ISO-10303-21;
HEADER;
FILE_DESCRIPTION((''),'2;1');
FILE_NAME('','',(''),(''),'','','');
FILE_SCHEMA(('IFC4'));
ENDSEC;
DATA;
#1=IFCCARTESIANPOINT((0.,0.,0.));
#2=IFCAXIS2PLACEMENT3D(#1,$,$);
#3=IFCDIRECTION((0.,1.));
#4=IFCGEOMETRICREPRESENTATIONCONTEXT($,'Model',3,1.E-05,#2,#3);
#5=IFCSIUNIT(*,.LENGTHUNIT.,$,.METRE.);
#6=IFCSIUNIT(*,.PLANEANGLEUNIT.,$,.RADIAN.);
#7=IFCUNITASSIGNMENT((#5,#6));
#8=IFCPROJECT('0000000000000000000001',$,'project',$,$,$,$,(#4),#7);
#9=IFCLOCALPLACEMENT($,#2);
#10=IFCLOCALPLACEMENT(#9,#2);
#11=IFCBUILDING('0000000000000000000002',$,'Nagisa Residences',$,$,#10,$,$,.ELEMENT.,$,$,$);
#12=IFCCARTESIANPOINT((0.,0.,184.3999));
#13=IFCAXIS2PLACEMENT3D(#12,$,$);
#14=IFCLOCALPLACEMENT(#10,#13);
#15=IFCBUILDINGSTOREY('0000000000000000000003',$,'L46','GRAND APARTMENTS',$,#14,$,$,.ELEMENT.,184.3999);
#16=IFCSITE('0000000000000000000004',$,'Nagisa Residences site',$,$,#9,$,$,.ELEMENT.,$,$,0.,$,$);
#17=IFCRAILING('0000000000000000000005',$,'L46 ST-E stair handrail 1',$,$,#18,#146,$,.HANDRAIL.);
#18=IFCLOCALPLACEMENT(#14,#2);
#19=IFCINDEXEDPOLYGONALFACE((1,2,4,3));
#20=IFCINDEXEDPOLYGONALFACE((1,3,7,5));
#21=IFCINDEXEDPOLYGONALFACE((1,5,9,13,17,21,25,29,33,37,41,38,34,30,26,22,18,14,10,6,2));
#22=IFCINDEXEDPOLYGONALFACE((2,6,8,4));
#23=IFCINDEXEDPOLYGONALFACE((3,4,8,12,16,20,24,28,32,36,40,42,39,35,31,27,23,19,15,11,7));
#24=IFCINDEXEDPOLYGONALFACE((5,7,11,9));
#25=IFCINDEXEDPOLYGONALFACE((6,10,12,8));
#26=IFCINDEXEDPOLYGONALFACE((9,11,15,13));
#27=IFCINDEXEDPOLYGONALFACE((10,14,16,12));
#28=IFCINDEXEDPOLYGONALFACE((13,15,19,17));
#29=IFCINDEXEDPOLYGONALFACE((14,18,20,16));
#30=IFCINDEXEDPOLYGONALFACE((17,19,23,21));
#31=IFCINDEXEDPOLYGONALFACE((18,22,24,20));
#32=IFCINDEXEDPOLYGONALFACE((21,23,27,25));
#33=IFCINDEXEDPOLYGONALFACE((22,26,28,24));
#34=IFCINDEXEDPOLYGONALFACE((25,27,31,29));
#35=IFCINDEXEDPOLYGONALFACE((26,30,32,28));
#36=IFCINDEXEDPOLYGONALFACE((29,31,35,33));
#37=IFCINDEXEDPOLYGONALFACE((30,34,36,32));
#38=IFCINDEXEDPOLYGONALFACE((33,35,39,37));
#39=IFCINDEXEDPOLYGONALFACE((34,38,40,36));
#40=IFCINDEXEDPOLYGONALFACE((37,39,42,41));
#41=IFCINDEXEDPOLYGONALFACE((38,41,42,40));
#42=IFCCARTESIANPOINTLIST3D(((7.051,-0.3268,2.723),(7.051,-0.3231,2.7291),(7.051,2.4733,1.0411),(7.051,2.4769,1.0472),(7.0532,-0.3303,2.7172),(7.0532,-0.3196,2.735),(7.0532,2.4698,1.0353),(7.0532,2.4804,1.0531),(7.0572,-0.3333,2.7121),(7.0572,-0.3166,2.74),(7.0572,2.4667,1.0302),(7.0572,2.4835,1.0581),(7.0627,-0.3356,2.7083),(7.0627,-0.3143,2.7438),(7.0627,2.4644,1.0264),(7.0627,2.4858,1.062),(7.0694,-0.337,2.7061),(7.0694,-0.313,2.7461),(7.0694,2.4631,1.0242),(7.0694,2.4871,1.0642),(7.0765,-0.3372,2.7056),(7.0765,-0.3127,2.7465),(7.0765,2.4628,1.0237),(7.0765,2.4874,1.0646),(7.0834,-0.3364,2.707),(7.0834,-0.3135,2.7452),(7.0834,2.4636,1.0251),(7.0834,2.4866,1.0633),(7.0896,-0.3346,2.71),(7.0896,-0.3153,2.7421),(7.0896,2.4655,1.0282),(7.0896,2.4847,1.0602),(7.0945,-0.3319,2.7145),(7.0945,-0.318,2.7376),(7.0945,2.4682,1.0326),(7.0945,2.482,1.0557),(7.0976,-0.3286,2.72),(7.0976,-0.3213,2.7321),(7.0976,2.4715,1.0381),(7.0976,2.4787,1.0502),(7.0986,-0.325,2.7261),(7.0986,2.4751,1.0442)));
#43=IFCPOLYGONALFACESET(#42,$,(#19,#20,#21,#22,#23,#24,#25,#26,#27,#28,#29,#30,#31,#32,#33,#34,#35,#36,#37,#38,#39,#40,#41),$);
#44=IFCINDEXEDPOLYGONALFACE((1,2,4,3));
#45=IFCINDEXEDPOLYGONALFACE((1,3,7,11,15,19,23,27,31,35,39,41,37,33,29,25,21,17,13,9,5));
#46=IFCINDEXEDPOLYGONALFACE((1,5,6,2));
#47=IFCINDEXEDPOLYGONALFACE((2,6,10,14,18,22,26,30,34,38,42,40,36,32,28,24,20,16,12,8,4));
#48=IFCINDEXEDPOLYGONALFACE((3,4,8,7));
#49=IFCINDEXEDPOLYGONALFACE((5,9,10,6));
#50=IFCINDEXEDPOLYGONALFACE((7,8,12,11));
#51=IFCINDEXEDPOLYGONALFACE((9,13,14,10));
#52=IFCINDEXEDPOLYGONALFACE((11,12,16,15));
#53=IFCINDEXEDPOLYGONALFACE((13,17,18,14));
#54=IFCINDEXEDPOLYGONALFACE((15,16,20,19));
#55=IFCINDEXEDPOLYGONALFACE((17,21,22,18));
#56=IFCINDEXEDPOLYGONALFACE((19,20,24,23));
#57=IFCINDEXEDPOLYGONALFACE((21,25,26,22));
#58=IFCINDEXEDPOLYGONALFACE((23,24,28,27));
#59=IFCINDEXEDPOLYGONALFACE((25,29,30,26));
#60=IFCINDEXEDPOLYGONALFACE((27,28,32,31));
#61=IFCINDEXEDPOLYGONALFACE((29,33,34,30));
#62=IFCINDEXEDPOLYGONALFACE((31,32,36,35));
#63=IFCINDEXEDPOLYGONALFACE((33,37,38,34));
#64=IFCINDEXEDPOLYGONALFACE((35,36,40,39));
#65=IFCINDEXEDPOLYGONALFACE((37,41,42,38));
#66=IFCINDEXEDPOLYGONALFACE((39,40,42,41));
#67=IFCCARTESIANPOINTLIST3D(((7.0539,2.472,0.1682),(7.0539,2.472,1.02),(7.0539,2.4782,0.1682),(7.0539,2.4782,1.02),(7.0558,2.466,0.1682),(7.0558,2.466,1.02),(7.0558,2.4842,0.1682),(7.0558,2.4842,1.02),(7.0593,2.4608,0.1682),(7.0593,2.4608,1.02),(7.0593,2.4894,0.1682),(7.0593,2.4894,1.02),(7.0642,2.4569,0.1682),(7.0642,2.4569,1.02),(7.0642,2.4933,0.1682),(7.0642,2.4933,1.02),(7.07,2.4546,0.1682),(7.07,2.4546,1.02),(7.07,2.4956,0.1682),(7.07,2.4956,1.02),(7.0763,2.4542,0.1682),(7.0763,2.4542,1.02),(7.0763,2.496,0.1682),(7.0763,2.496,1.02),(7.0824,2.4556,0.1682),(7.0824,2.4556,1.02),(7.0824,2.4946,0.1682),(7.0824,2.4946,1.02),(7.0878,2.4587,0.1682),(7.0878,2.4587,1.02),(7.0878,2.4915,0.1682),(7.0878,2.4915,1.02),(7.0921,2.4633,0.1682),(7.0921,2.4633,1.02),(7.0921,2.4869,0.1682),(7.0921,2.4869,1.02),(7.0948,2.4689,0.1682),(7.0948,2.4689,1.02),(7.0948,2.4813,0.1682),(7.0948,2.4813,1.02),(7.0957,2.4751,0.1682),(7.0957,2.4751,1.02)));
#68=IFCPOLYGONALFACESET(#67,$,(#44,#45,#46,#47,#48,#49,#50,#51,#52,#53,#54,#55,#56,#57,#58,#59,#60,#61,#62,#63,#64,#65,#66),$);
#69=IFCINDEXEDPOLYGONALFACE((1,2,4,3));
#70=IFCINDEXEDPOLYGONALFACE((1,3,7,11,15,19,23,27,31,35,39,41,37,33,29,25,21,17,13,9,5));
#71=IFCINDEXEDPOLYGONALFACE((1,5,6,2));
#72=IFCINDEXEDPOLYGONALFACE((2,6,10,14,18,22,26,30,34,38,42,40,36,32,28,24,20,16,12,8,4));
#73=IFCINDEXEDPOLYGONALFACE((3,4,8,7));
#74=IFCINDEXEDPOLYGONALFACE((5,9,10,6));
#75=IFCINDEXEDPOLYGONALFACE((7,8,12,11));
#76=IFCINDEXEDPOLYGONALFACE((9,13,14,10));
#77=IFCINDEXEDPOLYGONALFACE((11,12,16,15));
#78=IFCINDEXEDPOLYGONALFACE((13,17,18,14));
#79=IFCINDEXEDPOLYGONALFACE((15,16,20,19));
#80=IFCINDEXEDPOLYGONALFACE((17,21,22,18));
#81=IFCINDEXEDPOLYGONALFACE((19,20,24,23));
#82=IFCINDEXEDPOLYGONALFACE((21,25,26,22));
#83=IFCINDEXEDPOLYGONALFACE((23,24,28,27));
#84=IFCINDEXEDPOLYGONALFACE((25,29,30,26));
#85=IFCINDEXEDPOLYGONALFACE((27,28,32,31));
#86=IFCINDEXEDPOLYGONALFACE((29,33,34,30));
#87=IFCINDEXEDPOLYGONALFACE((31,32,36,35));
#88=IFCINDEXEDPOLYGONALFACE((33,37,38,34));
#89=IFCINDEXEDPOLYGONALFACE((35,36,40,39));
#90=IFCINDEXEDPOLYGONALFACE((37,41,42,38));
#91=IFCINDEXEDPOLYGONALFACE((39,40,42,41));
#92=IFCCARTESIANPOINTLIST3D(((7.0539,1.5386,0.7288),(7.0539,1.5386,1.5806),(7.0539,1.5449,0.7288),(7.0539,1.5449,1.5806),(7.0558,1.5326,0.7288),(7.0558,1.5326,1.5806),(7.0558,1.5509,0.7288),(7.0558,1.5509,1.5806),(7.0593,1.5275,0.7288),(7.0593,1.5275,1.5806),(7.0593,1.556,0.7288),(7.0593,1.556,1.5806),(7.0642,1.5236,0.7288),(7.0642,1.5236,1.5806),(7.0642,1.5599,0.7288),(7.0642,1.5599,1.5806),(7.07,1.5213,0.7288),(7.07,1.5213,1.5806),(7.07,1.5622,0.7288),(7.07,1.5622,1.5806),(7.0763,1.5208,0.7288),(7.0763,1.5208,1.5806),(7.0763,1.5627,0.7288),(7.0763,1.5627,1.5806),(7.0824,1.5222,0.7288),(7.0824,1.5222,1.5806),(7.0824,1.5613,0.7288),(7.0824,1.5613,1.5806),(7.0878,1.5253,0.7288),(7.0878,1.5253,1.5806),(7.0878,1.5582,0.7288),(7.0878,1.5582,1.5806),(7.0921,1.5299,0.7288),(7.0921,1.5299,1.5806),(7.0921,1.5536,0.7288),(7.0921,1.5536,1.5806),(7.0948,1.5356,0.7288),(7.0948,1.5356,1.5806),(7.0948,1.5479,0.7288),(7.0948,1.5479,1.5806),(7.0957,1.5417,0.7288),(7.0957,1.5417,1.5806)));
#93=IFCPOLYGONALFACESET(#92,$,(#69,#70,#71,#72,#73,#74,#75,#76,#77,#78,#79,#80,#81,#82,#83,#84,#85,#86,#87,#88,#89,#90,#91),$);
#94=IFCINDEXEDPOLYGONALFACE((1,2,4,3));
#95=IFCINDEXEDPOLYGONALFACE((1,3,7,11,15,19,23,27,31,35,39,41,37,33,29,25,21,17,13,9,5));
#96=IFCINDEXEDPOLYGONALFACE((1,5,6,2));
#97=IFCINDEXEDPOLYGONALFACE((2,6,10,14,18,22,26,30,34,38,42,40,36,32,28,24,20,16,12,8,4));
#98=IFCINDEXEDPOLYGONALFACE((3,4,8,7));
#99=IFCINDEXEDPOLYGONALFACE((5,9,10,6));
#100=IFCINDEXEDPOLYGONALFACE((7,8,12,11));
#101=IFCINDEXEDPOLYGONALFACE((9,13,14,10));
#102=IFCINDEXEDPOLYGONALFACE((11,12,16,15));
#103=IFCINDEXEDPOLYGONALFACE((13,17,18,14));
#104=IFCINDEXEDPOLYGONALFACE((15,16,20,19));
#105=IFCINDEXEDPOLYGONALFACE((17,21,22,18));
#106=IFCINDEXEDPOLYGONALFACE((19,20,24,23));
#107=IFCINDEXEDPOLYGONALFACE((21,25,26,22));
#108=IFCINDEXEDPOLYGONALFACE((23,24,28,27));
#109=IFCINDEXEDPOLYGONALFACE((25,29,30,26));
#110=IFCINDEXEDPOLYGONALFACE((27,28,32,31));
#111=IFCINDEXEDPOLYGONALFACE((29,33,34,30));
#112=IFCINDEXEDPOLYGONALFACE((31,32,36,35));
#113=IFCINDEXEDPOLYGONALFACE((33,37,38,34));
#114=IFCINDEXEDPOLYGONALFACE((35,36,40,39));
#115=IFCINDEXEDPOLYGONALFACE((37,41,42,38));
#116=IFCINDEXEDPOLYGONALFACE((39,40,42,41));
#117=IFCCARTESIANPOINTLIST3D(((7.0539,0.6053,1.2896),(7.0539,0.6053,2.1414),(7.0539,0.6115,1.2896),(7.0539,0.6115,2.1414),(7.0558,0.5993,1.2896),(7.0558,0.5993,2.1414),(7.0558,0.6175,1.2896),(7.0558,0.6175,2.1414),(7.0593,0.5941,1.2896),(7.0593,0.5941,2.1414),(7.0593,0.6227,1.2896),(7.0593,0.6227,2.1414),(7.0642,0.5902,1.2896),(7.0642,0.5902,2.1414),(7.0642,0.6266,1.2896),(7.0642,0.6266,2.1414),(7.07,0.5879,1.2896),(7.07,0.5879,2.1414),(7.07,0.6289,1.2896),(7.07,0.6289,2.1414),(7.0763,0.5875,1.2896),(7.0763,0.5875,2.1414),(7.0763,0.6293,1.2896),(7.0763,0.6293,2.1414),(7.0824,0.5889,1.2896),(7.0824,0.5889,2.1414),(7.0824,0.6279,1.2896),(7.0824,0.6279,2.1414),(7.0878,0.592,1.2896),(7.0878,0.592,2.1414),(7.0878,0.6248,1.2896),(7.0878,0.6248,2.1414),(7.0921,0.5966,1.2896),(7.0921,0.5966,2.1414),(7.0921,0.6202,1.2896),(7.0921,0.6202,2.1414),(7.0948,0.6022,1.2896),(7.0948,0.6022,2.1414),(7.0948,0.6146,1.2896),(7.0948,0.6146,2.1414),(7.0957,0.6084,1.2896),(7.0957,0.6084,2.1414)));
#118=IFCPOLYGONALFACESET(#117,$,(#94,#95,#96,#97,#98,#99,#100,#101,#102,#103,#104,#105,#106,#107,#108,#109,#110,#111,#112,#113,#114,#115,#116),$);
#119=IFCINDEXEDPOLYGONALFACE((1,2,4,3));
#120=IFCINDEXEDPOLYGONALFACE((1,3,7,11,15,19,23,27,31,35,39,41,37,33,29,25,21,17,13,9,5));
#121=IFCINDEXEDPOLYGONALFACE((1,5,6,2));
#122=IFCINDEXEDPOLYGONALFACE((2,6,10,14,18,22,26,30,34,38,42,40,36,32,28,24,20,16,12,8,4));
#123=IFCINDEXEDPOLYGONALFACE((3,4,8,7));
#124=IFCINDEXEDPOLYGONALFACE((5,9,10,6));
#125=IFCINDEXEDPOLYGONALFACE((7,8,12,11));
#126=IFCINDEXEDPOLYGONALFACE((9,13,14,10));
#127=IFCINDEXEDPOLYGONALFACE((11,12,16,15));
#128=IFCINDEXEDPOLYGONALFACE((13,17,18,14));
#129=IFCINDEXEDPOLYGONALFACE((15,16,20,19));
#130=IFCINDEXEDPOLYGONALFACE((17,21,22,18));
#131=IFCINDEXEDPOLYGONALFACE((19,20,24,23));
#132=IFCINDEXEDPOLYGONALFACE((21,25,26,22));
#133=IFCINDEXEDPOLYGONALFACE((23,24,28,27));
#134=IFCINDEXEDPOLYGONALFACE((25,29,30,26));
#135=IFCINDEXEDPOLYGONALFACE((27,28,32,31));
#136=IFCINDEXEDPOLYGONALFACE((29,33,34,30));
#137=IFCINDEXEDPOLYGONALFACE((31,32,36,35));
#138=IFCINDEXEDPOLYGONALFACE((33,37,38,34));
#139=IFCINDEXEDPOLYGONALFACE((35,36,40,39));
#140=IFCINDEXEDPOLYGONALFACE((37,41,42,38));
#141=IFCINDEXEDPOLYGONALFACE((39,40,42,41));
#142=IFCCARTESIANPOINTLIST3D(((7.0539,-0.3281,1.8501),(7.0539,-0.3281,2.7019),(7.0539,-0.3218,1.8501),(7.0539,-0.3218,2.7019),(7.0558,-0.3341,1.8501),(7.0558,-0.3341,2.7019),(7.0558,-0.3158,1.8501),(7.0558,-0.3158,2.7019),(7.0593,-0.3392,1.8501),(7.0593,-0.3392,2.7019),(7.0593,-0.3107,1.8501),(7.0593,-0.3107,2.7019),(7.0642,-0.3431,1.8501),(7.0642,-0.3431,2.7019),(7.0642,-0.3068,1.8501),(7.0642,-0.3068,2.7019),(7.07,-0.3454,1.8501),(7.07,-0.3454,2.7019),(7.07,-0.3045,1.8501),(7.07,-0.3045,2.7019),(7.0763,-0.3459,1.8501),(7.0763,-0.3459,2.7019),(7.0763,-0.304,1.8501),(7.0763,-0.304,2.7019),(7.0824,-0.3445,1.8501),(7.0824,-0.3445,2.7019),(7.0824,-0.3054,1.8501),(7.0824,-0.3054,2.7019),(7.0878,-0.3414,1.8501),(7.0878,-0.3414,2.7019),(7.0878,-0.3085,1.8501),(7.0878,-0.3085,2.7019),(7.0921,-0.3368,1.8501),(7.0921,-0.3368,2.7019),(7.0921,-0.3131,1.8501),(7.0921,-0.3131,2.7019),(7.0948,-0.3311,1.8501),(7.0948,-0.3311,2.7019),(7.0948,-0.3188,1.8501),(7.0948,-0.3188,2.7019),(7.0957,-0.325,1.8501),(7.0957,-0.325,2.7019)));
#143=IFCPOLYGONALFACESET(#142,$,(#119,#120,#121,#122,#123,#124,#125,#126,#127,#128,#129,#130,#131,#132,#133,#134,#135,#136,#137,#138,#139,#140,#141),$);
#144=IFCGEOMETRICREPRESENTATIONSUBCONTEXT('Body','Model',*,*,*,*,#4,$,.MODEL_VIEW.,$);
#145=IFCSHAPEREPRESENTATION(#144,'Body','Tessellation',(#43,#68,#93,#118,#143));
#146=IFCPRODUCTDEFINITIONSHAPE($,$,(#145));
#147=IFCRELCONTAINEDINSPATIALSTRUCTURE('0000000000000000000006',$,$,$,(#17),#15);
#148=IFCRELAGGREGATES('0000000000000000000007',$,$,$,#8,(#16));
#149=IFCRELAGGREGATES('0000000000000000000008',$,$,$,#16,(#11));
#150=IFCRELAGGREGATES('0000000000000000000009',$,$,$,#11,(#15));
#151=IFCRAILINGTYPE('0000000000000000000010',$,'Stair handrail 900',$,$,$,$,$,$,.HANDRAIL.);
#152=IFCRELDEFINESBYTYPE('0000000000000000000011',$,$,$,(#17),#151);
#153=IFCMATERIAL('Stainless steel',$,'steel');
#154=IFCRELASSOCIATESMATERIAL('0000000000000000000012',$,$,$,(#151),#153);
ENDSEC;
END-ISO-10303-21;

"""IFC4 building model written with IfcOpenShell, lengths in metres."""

from ifc_helpers import new_model, si_unit, direction, frame, origin, origin_2d, place, context, subcontext, project, spatial, circle, extrude, material, type_object, element, save


model = new_model("IFC4")

# Units and contexts
model_context = context("Model", 3, precision=1e-05, world=origin(), true_north=direction((0.0, 1.0)))
body_context = subcontext(model_context, "Body", "Model", "MODEL_VIEW")
ifc_project = project(units=[si_unit("LENGTHUNIT", "METRE"), si_unit("PLANEANGLEUNIT", "RADIAN")], contexts=[model_context])

# Site, building, storey
site_placement = place(None, origin())
site = spatial("IfcSite", under=ifc_project, at=site_placement, Name="Nagisa Residences site", CompositionType="ELEMENT", RefElevation=0.0)
building_placement = place(site_placement, origin())
building = spatial("IfcBuilding", under=site, at=building_placement, Name="Nagisa Residences", CompositionType="ELEMENT")
storey_placement = place(building_placement, frame((0.0, 0.0, 184.3999)))
storey = spatial("IfcBuildingStorey", under=building, at=storey_placement, Name="L46", Description="GRAND APARTMENTS", CompositionType="ELEMENT", Elevation=184.3999)

# Railing
ifc_material_1 = material(Name="Stainless steel", Category="steel")
railing_type_1 = type_object("IfcRailingType", Name="Stair handrail 900", PredefinedType="HANDRAIL", material=ifc_material_1)
railing_1_placement = place(storey_placement, frame((7.0747, 2.4751, 0.1682)))
element("IfcRailing", 1, at=railing_1_placement, inside=storey, type_object=railing_type_1, Name="L46 ST-E stair handrail 1", PredefinedType="HANDRAIL", context=body_context, shape_type="SweptSolid", body=[
    extrude(circle(Radius=0.0239, at=origin_2d()), frame((0.0, 0.0, 0.876), z_axis=(0.0, -0.857242, 0.514913), x_axis=(1.0, 0.0, 0.0)), (0.0, 0.0, 1.0), 3.2664),
    extrude(circle(Radius=0.021, at=origin_2d()), origin(), (0.0, 0.0, 1.0), 0.8518),
    extrude(circle(Radius=0.021, at=origin_2d()), frame((0.0, -0.9333, 0.5605)), (0.0, 0.0, 1.0), 0.8518),
    extrude(circle(Radius=0.021, at=origin_2d()), frame((0.0, -1.8667, 1.1213)), (0.0, 0.0, 1.0), 0.8518),
    extrude(circle(Radius=0.021, at=origin_2d()), frame((0.0, -2.8, 1.6819)), (0.0, 0.0, 1.0), 0.8518),
])

save(model, "model.ifc")
